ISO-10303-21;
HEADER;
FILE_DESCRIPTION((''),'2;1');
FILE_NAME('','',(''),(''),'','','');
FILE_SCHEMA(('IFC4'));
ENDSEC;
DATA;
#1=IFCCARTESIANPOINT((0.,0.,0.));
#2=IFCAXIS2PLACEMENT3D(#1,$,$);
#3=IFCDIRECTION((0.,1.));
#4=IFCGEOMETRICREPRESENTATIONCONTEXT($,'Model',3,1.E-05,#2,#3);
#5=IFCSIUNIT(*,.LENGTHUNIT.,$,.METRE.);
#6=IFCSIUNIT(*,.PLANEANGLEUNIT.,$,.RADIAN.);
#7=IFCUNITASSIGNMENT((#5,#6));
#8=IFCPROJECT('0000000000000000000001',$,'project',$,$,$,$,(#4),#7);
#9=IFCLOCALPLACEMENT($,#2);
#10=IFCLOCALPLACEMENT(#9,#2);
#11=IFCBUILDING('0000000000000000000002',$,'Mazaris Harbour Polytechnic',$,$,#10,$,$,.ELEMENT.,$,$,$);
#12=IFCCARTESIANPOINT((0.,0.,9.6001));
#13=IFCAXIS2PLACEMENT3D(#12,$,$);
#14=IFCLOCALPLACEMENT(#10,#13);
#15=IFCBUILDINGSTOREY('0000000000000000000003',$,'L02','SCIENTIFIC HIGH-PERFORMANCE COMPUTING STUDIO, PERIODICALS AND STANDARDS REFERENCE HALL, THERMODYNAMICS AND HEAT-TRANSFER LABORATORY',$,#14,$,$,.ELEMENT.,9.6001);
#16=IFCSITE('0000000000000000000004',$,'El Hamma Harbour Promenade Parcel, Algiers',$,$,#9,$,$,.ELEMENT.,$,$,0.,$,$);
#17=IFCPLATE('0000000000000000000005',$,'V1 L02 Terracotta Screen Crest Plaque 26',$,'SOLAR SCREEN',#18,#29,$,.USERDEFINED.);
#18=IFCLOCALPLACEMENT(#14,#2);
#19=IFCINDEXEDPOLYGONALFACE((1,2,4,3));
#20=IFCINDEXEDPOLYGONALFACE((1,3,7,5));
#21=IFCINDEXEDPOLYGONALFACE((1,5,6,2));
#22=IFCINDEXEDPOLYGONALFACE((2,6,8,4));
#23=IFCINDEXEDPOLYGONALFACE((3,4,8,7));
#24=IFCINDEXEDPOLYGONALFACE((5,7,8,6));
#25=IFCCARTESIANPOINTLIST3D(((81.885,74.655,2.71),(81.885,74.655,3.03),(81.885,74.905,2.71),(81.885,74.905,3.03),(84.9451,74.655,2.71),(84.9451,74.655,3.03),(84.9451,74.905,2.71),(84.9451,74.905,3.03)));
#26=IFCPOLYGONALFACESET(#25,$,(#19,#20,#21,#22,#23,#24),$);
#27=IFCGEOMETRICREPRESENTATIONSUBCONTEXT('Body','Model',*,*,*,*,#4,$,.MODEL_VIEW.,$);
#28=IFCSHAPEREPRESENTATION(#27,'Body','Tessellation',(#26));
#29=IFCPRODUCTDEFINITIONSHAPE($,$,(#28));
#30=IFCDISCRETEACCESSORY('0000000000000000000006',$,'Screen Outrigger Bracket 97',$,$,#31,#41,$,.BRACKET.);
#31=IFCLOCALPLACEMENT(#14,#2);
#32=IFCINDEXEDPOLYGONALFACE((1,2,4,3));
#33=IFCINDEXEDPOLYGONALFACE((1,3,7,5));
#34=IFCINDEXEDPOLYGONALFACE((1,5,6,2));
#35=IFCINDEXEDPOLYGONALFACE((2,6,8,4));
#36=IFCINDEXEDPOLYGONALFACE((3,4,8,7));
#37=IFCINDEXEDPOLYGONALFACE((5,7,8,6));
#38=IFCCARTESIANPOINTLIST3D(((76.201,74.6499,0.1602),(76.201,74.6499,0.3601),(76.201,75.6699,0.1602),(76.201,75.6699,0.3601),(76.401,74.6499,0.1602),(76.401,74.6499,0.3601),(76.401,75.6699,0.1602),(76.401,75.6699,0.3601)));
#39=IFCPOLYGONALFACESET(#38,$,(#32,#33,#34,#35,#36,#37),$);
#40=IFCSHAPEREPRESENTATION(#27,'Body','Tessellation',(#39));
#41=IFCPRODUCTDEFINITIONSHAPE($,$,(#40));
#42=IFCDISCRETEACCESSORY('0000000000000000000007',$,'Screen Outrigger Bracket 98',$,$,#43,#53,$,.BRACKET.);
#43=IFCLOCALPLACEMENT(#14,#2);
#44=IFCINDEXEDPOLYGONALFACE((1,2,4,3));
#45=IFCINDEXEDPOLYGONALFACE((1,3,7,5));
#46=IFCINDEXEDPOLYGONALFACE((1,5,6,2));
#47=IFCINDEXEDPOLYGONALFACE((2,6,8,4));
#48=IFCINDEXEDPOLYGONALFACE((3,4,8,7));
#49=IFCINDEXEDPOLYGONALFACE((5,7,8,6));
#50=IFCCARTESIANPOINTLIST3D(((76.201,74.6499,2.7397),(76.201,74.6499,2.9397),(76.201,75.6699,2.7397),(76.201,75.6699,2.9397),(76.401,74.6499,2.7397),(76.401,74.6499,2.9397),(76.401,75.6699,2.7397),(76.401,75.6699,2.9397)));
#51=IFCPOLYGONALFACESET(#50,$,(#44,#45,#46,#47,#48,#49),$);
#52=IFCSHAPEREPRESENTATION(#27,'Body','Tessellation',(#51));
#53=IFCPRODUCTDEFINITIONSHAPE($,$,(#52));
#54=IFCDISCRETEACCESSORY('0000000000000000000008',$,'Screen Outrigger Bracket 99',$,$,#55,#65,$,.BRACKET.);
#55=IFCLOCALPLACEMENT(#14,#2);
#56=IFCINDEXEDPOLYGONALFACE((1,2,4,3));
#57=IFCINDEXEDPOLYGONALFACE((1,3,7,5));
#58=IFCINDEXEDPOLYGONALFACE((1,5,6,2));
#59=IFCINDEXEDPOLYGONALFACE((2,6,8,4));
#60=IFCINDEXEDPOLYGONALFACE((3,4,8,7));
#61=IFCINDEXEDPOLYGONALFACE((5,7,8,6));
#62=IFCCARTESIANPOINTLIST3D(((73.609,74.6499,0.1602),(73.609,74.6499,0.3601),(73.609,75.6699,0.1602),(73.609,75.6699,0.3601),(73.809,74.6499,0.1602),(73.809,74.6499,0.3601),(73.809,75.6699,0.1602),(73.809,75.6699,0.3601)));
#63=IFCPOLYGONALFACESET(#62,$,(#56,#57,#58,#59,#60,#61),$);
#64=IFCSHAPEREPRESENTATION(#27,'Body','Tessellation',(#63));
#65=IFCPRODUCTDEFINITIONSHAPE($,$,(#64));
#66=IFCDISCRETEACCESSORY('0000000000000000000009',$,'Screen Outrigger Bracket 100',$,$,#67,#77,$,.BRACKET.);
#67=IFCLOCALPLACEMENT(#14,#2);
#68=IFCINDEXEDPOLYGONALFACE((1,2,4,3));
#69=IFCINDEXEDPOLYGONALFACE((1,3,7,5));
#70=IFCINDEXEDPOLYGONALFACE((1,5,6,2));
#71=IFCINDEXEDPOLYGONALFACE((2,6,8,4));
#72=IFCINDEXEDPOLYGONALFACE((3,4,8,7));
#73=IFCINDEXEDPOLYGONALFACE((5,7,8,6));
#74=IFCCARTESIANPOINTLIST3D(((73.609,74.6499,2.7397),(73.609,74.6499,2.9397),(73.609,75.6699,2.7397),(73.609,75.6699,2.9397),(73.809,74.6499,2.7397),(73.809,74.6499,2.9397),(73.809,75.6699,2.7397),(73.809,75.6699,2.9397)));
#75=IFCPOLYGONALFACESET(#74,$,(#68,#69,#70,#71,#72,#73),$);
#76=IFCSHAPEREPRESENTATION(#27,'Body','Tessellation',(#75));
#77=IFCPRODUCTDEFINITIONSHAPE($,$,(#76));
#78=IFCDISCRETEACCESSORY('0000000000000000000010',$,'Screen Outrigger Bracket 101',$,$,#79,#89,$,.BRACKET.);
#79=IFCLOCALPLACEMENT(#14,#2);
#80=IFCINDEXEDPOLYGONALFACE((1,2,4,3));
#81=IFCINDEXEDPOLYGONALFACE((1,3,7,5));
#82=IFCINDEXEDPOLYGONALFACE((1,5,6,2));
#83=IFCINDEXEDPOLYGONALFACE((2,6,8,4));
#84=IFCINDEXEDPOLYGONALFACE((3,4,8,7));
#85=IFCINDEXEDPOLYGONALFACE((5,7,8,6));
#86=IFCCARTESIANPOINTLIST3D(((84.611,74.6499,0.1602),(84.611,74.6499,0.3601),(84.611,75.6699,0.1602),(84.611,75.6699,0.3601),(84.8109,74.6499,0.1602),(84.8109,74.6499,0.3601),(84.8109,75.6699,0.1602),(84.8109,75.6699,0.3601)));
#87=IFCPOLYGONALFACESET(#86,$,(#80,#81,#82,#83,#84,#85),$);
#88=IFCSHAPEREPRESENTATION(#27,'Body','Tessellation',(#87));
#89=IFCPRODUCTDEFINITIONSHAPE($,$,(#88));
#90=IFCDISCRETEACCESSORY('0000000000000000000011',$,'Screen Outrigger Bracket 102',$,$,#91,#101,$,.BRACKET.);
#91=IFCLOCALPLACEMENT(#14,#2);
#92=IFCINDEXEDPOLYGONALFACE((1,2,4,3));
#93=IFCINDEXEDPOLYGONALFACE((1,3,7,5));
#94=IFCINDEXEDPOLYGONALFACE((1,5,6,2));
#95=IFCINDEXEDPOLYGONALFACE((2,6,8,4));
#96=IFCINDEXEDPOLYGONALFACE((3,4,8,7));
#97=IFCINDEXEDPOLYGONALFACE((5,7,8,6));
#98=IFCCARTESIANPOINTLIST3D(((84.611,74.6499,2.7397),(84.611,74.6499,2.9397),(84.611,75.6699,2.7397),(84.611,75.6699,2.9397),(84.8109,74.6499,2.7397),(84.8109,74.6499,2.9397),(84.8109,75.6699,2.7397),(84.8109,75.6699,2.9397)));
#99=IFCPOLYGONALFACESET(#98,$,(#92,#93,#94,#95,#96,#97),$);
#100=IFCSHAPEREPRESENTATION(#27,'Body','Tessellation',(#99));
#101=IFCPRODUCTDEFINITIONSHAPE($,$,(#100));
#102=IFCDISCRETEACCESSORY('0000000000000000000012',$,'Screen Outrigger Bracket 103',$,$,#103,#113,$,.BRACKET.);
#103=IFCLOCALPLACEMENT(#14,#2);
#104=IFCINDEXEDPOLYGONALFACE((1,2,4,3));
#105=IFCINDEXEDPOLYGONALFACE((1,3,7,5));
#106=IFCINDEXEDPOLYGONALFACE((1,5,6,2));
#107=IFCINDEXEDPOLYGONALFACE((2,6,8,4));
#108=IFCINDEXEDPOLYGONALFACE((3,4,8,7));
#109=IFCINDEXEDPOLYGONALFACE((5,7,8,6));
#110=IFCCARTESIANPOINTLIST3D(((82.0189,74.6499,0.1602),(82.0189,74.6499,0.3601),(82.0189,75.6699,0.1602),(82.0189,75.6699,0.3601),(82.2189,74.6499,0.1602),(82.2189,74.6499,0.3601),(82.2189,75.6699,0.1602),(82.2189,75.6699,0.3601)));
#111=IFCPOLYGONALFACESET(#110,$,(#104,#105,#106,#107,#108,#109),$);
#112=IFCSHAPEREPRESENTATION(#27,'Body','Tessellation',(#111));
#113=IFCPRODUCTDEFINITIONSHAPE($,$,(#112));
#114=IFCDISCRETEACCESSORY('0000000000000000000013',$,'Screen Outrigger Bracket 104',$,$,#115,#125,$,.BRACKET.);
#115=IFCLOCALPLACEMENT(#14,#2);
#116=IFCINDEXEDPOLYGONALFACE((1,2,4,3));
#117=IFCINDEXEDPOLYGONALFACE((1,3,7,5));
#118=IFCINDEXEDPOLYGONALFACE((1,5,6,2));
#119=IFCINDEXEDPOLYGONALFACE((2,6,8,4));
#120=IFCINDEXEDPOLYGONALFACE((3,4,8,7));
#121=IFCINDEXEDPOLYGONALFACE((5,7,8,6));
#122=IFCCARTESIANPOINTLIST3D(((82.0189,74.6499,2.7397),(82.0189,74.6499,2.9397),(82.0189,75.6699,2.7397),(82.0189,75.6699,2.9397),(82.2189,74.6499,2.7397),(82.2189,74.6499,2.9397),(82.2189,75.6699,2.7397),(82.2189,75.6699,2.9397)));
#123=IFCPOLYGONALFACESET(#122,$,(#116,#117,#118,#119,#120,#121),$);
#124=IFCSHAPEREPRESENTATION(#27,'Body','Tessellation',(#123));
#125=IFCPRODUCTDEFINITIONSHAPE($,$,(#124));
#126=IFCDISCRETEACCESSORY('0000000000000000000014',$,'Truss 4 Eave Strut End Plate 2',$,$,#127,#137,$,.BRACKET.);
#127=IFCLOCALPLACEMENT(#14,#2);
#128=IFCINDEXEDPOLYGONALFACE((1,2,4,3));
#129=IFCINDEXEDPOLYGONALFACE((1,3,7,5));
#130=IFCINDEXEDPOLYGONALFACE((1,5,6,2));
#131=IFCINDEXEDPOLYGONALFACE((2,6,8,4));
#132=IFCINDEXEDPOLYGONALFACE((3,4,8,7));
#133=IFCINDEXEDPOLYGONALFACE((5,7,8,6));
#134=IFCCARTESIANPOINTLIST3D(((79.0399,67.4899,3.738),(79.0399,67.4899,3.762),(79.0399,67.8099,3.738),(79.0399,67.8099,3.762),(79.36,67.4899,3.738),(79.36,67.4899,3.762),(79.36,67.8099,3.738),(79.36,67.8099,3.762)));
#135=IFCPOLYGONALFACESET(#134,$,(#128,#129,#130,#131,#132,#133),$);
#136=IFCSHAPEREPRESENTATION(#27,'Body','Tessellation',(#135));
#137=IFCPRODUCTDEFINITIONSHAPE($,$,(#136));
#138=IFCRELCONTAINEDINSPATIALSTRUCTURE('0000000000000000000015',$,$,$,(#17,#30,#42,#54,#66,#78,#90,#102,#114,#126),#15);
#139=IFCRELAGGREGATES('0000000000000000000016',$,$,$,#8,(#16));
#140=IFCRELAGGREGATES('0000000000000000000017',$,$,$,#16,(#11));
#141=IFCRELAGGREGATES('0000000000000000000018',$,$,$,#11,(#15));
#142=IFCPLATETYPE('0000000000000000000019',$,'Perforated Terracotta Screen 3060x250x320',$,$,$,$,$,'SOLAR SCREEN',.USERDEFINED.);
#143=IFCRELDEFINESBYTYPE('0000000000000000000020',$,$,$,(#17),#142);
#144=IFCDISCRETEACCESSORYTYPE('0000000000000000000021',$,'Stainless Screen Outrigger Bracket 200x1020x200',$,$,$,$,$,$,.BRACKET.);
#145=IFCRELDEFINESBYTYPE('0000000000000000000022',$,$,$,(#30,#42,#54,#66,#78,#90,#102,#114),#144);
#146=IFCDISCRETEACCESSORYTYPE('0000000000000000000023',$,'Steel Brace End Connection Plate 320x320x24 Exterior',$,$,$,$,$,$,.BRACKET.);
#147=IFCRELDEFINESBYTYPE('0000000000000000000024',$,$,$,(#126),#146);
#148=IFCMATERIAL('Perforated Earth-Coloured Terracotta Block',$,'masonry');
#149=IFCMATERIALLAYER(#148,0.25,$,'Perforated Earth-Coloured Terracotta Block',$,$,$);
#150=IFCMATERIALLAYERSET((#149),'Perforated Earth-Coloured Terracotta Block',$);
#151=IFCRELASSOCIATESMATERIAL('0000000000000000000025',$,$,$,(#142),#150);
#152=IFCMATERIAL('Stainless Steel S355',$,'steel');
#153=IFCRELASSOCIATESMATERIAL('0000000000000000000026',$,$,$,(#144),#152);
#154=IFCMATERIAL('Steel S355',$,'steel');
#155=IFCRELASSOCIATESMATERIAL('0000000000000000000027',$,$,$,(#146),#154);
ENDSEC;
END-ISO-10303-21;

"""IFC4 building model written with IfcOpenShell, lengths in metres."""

from ifc_helpers import new_model, si_unit, direction, frame, origin, origin_2d, place, context, subcontext, project, spatial, rectangle, extrude, material, layer, layer_set, type_object, element, save


model = new_model("IFC4")

# Units and contexts
model_context = context("Model", 3, precision=1e-05, world=origin(), true_north=direction((0.0, 1.0)))
body_context = subcontext(model_context, "Body", "Model", "MODEL_VIEW")
ifc_project = project(units=[si_unit("LENGTHUNIT", "METRE"), si_unit("PLANEANGLEUNIT", "RADIAN")], contexts=[model_context])

# Site, building, storey
site_placement = place(None, origin())
site = spatial("IfcSite", under=ifc_project, at=site_placement, Name="El Hamma Harbour Promenade Parcel, Algiers", CompositionType="ELEMENT", RefElevation=0.0)
building_placement = place(site_placement, origin())
building = spatial("IfcBuilding", under=site, at=building_placement, Name="Mazaris Harbour Polytechnic", CompositionType="ELEMENT")
storey_placement = place(building_placement, frame((0.0, 0.0, 9.6001)))
storey = spatial("IfcBuildingStorey", under=building, at=storey_placement, Name="L02", Description="SCIENTIFIC HIGH-PERFORMANCE COMPUTING STUDIO, PERIODICALS AND STANDARDS REFERENCE HALL, THERMODYNAMICS AND HEAT-TRANSFER LABORATORY", CompositionType="ELEMENT", Elevation=9.6001)

# Plate
ifc_material_1 = material(Name="Perforated Earth-Coloured Terracotta Block", Category="masonry")
ifc_layer_1 = layer(ifc_material_1, 0.25, Name="Perforated Earth-Coloured Terracotta Block")
ifc_layer_set_1 = layer_set([ifc_layer_1], Name="Perforated Earth-Coloured Terracotta Block")
plate_type_1 = type_object("IfcPlateType", Name="Perforated Terracotta Screen 3060x250x320", ElementType="SOLAR SCREEN", PredefinedType="USERDEFINED", material=ifc_layer_set_1)
for number, where, z_axis, x_axis, name in (
    (1, (83.415, 74.78, 2.71), (0.0, 0.0, 1.0), (-1.0, 0.0, 0.0), "V1 L02 Terracotta Screen Crest Plaque 26"),
):
    element("IfcPlate", number, at=place(storey_placement, frame(where, z_axis=z_axis, x_axis=x_axis)), inside=storey, type_object=plate_type_1, Name=name, ObjectType="SOLAR SCREEN", PredefinedType="USERDEFINED", context=body_context, shape_type="SweptSolid", body=[
        extrude(rectangle(XDim=3.0601, YDim=0.25, at=origin_2d()), origin(), (0.0, 0.0, 1.0), 0.3201),
    ])

# Discrete accessories
ifc_material_2 = material(Name="Stainless Steel S355", Category="steel")
discrete_accessory_type_1 = type_object("IfcDiscreteAccessoryType", Name="Stainless Screen Outrigger Bracket 200x1020x200", PredefinedType="BRACKET", material=ifc_material_2)
for number, where, z_axis, x_axis, name in (
    (2, (76.301, 75.1599, 0.1602), (0.0, 0.0, 1.0), (-1.0, 0.0, 0.0), "Screen Outrigger Bracket 97"),
    (3, (76.301, 75.1599, 2.7397), (0.0, 0.0, 1.0), (-1.0, 0.0, 0.0), "Screen Outrigger Bracket 98"),
    (4, (73.709, 75.1599, 0.1602), (0.0, 0.0, 1.0), (-1.0, 0.0, 0.0), "Screen Outrigger Bracket 99"),
    (5, (73.709, 75.1599, 2.7397), (0.0, 0.0, 1.0), (-1.0, 0.0, 0.0), "Screen Outrigger Bracket 100"),
    (6, (84.7109, 75.1599, 0.1602), (0.0, 0.0, 1.0), (-1.0, 0.0, 0.0), "Screen Outrigger Bracket 101"),
    (7, (84.7109, 75.1599, 2.7397), (0.0, 0.0, 1.0), (-1.0, 0.0, 0.0), "Screen Outrigger Bracket 102"),
    (8, (82.1189, 75.1599, 0.1602), (0.0, 0.0, 1.0), (-1.0, 0.0, 0.0), "Screen Outrigger Bracket 103"),
    (9, (82.1189, 75.1599, 2.7397), (0.0, 0.0, 1.0), (-1.0, 0.0, 0.0), "Screen Outrigger Bracket 104"),
):
    element("IfcDiscreteAccessory", number, at=place(storey_placement, frame(where, z_axis=z_axis, x_axis=x_axis)), inside=storey, type_object=discrete_accessory_type_1, Name=name, PredefinedType="BRACKET", context=body_context, shape_type="SweptSolid", body=[
        extrude(rectangle(XDim=0.2, YDim=1.02, at=origin_2d()), origin(), (0.0, 0.0, 1.0), 0.2),
    ])
ifc_material_3 = material(Name="Steel S355", Category="steel")
discrete_accessory_type_2 = type_object("IfcDiscreteAccessoryType", Name="Steel Brace End Connection Plate 320x320x24 Exterior", PredefinedType="BRACKET", material=ifc_material_3)
discrete_accessory_placement = place(storey_placement, frame((79.2, 67.6499, 3.738), z_axis=(0.0, 0.0, 1.0), x_axis=(1.0, 0.0, 0.0)))
element("IfcDiscreteAccessory", 10, at=discrete_accessory_placement, inside=storey, type_object=discrete_accessory_type_2, Name="Truss 4 Eave Strut End Plate 2", PredefinedType="BRACKET", context=body_context, shape_type="SweptSolid", body=[
    extrude(rectangle(XDim=0.3201, YDim=0.3201, at=origin_2d()), origin(), (0.0, 0.0, 1.0), 0.0239),
])

save(model, "model.ifc")
